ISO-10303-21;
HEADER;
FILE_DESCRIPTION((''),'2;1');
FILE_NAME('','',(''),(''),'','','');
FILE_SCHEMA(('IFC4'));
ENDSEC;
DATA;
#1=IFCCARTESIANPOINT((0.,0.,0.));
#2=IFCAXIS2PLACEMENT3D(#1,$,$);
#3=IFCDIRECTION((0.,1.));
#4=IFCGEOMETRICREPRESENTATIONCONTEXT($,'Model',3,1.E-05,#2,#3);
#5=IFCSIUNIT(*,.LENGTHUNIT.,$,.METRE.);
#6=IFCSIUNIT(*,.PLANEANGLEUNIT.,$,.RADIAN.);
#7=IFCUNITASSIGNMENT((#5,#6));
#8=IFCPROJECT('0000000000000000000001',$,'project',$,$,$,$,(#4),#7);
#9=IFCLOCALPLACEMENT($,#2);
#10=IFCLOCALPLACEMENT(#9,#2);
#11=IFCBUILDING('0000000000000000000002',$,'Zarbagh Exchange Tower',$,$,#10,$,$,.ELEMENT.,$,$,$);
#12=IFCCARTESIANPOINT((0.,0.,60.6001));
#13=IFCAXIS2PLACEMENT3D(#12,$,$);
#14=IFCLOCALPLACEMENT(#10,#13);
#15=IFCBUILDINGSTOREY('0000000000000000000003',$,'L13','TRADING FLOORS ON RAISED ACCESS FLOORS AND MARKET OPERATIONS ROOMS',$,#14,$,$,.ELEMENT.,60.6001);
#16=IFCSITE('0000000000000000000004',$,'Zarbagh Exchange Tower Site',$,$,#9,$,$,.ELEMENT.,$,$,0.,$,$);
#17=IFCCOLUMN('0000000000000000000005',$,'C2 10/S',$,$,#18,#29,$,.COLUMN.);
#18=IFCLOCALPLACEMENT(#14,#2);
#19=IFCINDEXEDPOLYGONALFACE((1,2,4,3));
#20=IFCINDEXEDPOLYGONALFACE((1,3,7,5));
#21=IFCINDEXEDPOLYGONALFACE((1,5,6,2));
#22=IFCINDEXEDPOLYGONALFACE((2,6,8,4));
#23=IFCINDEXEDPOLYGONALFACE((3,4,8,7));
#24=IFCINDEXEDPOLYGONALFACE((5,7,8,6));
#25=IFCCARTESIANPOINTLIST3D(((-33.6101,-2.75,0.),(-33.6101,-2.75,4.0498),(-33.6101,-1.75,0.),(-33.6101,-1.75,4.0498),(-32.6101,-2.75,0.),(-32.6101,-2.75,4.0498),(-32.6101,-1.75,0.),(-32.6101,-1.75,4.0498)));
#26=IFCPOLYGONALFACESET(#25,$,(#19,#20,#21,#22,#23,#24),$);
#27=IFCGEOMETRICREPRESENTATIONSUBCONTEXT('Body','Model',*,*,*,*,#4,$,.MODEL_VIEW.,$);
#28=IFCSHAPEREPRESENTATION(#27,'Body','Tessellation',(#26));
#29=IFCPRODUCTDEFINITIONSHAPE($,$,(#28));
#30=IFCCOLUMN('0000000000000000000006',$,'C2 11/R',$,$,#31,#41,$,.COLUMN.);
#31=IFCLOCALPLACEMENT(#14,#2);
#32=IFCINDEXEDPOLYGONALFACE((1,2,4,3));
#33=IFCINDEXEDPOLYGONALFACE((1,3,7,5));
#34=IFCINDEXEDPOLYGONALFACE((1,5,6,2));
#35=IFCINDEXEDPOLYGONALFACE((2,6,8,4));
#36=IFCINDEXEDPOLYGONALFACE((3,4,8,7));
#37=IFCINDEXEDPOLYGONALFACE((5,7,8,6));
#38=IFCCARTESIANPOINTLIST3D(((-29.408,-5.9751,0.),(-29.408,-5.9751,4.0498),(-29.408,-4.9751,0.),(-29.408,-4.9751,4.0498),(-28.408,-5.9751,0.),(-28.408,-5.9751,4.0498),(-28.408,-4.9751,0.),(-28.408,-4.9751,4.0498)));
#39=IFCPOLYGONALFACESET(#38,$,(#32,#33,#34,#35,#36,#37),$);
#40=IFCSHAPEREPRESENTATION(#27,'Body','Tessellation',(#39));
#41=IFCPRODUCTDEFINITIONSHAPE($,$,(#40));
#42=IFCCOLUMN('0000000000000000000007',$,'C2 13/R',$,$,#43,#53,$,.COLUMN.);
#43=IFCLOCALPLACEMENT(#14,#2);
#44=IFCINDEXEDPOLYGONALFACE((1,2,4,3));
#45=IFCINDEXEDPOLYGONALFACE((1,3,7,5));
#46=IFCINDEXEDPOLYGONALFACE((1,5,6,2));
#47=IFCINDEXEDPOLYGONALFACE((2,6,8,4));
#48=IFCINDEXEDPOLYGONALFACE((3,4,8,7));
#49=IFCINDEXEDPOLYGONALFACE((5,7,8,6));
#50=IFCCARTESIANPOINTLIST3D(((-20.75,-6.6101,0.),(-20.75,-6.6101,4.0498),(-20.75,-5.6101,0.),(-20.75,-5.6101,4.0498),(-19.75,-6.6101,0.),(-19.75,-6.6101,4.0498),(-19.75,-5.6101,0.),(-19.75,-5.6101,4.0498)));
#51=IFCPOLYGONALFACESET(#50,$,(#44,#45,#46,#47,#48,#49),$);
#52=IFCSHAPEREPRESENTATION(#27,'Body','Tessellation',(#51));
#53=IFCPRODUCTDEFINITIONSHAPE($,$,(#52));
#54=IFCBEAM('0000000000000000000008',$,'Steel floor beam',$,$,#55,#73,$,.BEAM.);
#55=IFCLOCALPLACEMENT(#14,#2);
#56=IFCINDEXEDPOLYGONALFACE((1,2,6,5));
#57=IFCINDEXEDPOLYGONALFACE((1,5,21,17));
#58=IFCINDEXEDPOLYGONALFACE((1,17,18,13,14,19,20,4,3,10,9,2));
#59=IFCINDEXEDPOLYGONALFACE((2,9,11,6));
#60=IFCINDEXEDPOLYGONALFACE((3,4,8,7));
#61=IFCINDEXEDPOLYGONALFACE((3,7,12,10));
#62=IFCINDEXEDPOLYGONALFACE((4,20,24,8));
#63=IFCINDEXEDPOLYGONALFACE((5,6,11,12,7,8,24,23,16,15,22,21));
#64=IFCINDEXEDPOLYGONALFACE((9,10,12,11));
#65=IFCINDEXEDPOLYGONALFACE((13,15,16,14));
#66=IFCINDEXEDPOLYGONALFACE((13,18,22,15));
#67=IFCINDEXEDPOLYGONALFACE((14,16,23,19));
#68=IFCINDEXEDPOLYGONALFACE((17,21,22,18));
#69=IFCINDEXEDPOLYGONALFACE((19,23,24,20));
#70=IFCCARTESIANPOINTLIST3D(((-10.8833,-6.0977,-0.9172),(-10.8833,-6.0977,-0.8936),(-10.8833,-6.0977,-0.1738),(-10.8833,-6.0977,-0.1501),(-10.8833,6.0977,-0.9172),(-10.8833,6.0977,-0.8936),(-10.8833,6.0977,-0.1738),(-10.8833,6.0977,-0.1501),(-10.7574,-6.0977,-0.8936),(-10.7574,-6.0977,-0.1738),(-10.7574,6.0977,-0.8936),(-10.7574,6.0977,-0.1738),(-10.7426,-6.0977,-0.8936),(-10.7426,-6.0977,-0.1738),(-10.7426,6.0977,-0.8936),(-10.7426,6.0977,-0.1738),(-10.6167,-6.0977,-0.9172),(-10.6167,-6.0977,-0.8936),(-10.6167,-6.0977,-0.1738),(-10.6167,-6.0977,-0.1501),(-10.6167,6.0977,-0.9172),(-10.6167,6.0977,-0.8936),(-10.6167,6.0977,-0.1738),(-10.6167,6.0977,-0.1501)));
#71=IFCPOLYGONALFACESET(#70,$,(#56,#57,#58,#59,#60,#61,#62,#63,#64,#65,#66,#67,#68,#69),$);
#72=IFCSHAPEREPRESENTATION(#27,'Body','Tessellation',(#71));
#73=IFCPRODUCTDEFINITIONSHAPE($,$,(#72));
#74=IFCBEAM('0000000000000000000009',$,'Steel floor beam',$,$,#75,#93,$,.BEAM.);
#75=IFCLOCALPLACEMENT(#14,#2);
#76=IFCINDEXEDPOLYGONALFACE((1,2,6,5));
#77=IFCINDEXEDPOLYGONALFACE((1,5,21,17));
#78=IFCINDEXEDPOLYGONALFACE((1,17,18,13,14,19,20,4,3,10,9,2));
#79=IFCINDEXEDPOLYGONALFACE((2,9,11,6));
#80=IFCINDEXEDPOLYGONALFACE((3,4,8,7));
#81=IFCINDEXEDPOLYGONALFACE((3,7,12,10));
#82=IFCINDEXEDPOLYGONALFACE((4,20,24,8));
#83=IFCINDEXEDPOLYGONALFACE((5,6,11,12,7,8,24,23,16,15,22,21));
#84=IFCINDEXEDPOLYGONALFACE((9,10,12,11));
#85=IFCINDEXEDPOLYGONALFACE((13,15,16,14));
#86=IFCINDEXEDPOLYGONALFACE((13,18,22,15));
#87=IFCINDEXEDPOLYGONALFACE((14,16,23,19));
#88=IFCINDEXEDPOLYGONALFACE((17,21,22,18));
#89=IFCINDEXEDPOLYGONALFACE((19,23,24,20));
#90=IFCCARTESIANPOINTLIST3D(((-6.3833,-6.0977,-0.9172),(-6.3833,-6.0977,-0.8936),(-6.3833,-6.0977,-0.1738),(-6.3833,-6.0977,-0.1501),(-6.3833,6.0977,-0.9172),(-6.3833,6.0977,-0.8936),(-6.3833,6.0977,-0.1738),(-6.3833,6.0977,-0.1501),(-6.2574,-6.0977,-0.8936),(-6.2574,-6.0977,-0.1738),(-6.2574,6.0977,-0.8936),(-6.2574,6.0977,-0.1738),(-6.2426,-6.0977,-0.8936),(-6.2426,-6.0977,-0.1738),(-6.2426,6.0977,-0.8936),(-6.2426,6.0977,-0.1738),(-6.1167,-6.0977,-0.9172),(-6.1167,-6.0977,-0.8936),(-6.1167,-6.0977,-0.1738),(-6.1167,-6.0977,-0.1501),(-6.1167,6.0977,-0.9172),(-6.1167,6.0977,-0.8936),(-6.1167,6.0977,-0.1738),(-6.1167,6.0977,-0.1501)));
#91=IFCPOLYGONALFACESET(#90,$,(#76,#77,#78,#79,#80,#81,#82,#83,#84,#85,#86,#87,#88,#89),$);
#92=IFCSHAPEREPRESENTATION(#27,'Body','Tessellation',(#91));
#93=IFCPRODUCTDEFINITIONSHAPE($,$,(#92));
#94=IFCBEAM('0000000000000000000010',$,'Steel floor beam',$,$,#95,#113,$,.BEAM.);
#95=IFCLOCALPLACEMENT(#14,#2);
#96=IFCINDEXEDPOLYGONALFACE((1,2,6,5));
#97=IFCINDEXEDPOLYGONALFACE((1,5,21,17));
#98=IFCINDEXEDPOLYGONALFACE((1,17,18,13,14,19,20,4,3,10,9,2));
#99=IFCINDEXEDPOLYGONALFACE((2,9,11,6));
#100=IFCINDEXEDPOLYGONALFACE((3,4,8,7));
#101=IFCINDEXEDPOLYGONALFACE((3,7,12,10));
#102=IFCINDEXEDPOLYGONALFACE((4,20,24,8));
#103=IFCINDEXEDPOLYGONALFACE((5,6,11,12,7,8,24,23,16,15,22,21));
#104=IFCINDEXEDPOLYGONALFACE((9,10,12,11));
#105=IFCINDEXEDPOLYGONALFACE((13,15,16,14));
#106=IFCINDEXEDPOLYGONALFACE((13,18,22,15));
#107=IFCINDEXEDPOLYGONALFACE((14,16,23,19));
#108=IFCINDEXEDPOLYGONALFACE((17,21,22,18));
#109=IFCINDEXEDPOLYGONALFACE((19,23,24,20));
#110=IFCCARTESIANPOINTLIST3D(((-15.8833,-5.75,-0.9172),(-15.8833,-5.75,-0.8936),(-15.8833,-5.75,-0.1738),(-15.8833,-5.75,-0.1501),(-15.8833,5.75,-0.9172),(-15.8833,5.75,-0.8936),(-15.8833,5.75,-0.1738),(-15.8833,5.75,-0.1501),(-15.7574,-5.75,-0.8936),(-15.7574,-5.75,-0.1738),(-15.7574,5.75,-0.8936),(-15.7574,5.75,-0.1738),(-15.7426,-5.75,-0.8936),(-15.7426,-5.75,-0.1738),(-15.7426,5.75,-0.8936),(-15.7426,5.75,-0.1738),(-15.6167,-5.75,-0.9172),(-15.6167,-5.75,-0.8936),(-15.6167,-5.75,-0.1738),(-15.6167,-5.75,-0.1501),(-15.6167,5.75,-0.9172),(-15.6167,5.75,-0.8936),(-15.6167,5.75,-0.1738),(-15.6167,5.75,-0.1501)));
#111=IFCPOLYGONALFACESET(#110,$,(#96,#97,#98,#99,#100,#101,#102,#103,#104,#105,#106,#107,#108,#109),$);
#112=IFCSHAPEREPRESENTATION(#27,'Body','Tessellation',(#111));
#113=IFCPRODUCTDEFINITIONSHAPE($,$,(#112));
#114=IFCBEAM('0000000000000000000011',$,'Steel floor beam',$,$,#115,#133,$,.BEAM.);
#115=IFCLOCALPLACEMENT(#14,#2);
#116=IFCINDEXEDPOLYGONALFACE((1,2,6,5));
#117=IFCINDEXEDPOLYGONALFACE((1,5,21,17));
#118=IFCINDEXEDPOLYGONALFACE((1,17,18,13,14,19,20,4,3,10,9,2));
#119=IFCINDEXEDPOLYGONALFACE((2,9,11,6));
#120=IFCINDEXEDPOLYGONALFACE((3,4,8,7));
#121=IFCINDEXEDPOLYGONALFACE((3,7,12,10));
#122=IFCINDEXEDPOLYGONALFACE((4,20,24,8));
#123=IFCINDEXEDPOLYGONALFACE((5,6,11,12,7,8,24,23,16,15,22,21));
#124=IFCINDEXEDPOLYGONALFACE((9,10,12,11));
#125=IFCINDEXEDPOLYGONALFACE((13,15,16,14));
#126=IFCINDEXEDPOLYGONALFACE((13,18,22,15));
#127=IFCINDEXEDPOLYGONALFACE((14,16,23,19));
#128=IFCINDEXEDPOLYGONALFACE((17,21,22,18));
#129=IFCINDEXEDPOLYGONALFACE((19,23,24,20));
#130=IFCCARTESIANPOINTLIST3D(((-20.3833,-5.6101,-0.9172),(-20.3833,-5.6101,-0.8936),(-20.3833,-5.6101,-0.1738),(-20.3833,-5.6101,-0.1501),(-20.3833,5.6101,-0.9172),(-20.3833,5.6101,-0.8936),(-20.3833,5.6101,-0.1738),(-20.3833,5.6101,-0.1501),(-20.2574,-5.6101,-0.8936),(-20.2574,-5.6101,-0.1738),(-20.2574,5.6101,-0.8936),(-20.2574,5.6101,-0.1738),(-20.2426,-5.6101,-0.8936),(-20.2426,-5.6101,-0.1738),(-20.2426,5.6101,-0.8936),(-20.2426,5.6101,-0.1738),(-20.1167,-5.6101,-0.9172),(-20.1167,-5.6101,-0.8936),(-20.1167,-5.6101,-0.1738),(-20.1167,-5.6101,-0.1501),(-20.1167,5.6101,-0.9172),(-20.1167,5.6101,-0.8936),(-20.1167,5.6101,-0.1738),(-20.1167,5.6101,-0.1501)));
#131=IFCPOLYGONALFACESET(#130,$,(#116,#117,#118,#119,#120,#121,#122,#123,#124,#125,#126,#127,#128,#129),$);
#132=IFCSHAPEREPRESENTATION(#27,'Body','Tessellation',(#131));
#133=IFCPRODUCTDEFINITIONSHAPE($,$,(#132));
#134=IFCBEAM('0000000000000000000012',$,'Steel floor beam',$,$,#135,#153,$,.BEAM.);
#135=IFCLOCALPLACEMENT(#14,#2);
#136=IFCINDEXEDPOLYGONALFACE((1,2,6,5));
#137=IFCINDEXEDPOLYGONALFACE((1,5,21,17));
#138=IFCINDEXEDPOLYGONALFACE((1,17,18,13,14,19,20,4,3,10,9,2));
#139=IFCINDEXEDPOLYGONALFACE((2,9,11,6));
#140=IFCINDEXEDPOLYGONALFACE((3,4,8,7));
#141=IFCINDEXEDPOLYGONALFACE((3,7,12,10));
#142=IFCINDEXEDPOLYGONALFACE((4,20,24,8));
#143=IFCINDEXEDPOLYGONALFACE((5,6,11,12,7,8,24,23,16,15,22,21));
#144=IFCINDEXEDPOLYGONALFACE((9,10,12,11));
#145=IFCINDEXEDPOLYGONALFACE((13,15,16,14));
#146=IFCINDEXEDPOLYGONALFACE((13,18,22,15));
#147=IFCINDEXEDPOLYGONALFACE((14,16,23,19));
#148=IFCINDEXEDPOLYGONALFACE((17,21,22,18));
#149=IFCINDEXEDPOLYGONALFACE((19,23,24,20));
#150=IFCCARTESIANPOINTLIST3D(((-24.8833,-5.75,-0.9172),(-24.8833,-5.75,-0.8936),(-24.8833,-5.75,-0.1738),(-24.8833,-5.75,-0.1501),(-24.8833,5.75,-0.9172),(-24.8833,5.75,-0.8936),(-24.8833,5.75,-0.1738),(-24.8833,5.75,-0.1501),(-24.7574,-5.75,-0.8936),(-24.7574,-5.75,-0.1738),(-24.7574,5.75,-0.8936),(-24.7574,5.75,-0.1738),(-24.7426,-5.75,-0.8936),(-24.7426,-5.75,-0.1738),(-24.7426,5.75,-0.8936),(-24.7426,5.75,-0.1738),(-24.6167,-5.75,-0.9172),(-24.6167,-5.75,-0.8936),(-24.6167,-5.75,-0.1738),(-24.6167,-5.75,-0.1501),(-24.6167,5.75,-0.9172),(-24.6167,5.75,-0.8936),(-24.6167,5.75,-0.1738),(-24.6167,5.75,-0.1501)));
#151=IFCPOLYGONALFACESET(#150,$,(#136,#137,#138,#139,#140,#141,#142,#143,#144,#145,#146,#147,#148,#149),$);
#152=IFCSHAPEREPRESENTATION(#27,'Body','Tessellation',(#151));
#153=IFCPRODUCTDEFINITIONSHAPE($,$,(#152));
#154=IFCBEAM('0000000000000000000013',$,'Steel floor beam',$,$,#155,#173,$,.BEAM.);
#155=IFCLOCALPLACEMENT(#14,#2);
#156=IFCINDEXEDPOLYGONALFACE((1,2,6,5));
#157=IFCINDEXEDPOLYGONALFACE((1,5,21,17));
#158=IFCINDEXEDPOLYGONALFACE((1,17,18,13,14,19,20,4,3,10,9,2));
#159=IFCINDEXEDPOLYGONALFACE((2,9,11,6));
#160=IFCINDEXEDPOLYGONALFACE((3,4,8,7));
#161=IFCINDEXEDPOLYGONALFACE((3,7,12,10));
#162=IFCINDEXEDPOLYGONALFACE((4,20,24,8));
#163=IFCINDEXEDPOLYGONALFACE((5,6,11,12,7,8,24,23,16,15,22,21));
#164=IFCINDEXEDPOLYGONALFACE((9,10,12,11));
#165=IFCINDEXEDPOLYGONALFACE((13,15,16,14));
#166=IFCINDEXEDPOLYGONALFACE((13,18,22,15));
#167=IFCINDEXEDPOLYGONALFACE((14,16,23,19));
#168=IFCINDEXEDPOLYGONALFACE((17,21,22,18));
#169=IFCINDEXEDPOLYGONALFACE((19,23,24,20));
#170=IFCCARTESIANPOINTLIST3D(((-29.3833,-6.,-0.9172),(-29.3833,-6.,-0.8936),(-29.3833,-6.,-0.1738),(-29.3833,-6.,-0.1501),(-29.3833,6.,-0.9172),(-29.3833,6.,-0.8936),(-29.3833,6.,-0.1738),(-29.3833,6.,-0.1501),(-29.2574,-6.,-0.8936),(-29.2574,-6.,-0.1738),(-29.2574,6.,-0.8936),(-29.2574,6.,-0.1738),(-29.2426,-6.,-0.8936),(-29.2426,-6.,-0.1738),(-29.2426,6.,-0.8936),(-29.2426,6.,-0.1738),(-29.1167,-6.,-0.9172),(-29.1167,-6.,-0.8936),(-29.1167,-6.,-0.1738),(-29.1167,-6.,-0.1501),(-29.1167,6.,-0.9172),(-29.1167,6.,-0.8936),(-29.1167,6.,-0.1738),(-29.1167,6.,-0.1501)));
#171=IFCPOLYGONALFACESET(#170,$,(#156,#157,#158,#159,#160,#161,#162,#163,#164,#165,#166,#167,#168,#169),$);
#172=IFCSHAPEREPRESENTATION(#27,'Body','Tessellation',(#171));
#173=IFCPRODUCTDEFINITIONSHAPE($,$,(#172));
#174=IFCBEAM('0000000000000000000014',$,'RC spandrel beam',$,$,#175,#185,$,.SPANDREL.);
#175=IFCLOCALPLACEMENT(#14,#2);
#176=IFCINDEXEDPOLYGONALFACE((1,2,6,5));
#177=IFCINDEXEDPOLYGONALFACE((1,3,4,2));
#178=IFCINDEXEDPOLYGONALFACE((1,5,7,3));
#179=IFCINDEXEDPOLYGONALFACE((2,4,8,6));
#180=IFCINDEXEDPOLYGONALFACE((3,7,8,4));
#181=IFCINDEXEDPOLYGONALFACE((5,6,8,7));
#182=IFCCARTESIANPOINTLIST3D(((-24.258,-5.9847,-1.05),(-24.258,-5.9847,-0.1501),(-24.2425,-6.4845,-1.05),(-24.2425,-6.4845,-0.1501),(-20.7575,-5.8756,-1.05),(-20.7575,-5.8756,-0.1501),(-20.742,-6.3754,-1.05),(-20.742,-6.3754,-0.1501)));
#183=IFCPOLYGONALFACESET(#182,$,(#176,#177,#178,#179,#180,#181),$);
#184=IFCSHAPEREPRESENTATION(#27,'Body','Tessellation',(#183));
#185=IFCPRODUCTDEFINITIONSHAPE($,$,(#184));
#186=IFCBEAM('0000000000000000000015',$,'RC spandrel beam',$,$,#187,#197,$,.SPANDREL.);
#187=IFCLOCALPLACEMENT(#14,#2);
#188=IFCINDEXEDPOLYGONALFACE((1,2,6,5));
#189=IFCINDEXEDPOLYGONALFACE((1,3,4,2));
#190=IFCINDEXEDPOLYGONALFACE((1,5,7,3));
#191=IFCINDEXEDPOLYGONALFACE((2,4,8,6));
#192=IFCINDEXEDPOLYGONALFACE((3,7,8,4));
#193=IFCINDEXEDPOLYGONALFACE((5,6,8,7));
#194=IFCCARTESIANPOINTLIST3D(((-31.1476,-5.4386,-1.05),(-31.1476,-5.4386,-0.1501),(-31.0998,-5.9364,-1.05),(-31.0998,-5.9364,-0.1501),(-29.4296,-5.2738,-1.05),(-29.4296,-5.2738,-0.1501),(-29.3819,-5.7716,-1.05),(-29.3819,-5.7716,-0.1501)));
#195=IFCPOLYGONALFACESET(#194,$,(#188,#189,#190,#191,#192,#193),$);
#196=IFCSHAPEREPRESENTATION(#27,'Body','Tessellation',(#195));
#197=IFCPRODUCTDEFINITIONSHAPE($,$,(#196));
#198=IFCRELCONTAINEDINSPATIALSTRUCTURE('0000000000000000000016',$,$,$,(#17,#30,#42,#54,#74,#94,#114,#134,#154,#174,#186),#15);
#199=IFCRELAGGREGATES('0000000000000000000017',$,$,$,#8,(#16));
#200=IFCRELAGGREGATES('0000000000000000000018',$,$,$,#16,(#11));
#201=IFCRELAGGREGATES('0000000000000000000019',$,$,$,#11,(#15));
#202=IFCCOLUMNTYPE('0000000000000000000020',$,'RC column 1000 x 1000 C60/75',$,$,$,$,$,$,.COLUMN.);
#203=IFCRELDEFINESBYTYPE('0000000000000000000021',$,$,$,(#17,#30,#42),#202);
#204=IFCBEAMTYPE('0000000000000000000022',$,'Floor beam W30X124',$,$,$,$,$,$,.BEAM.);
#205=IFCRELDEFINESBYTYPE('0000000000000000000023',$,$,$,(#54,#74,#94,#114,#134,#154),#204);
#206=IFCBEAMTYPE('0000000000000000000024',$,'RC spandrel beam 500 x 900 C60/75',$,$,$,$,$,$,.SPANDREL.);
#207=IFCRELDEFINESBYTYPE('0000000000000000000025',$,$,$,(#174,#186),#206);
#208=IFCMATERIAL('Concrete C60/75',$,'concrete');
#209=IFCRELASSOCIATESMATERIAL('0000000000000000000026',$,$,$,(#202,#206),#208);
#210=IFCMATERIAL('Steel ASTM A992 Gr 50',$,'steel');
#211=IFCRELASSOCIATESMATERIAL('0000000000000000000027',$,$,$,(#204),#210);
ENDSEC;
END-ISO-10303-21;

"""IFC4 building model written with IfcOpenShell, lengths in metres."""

from ifc_helpers import new_model, si_unit, direction, frame, origin, origin_2d, place, context, subcontext, project, spatial, rectangle, i_section, extrude, material, material_profile, profile_set, type_object, element, save


model = new_model("IFC4")

# Units and contexts
model_context = context("Model", 3, precision=1e-05, world=origin(), true_north=direction((0.0, 1.0)))
body_context = subcontext(model_context, "Body", "Model", "MODEL_VIEW")
ifc_project = project(units=[si_unit("LENGTHUNIT", "METRE"), si_unit("PLANEANGLEUNIT", "RADIAN")], contexts=[model_context])

# Site, building, storey
site_placement = place(None, origin())
site = spatial("IfcSite", under=ifc_project, at=site_placement, Name="Zarbagh Exchange Tower Site", CompositionType="ELEMENT", RefElevation=0.0)
building_placement = place(site_placement, origin())
building = spatial("IfcBuilding", under=site, at=building_placement, Name="Zarbagh Exchange Tower", CompositionType="ELEMENT")
storey_placement = place(building_placement, frame((0.0, 0.0, 60.6001)))
storey = spatial("IfcBuildingStorey", under=building, at=storey_placement, Name="L13", Description="TRADING FLOORS ON RAISED ACCESS FLOORS AND MARKET OPERATIONS ROOMS", CompositionType="ELEMENT", Elevation=60.6001)

# Columns
ifc_material_1 = material(Name="Concrete C60/75", Category="concrete")
ifc_material_profile_1 = material_profile(ifc_material_1, rectangle(XDim=1.0, YDim=1.0, at=origin_2d()), Name="RC column 1000 x 1000 C60/75")
ifc_profile_set_1 = profile_set([ifc_material_profile_1], Name="Concrete C60/75")
column_type = type_object("IfcColumnType", Name="RC column 1000 x 1000 C60/75", PredefinedType="COLUMN", material=ifc_profile_set_1)
for number, where, z_axis, x_axis, name in (
    (1, (-33.1101, -2.25, 0.0), (0.0, 0.0, 1.0), (1.0, 0.0, 0.0), "C2 10/S"),
    (2, (-28.908, -5.4751, 0.0), (0.0, 0.0, 1.0), (1.0, 0.0, 0.0), "C2 11/R"),
    (3, (-20.25, -6.1101, 0.0), (0.0, 0.0, 1.0), (1.0, 0.0, 0.0), "C2 13/R"),
):
    element("IfcColumn", number, at=place(storey_placement, frame(where, z_axis=z_axis, x_axis=x_axis)), inside=storey, type_object=column_type, Name=name, PredefinedType="COLUMN", context=body_context, shape_type="SweptSolid", body=[
        extrude(rectangle(XDim=1.0, YDim=1.0, at=origin_2d()), origin(), (0.0, 0.0, 1.0), 4.0498),
    ])

# Beams
ifc_material_2 = material(Name="Steel ASTM A992 Gr 50", Category="steel")
ifc_material_profile_2 = material_profile(ifc_material_2, i_section(OverallWidth=0.2666, OverallDepth=0.7671, WebThickness=0.0149, FlangeThickness=0.0237, at=origin_2d()), Name="W30X124")
ifc_profile_set_2 = profile_set([ifc_material_profile_2], Name="Steel ASTM A992 Gr 50")
beam_type_1 = type_object("IfcBeamType", Name="Floor beam W30X124", PredefinedType="BEAM", material=ifc_profile_set_2)
for number, where, z_axis, x_axis, name in (
    (4, (-10.75, -6.0977, -0.5337), (0.0, 1.0, 0.0), (-1.0, 0.0, 0.0), "Steel floor beam"),
    (5, (-6.25, -6.0977, -0.5337), (0.0, 1.0, 0.0), (-1.0, 0.0, 0.0), "Steel floor beam"),
):
    element("IfcBeam", number, at=place(storey_placement, frame(where, z_axis=z_axis, x_axis=x_axis)), inside=storey, type_object=beam_type_1, Name=name, PredefinedType="BEAM", context=body_context, shape_type="SweptSolid", body=[
        extrude(i_section(OverallWidth=0.2666, OverallDepth=0.7671, WebThickness=0.0149, FlangeThickness=0.0237, at=origin_2d()), origin(), (0.0, 0.0, 1.0), 12.1953),
    ])
beam_1_placement = place(storey_placement, frame((-15.75, -5.75, -0.5337), z_axis=(0.0, 1.0, 0.0), x_axis=(-1.0, 0.0, 0.0)))
element("IfcBeam", 6, at=beam_1_placement, inside=storey, type_object=beam_type_1, Name="Steel floor beam", PredefinedType="BEAM", context=body_context, shape_type="SweptSolid", body=[
    extrude(i_section(OverallWidth=0.2666, OverallDepth=0.7671, WebThickness=0.0149, FlangeThickness=0.0237, at=origin_2d()), origin(), (0.0, 0.0, 1.0), 11.5),
])
beam_2_placement = place(storey_placement, frame((-20.25, -5.6101, -0.5337), z_axis=(0.0, 1.0, 0.0), x_axis=(-1.0, 0.0, 0.0)))
element("IfcBeam", 7, at=beam_2_placement, inside=storey, type_object=beam_type_1, Name="Steel floor beam", PredefinedType="BEAM", context=body_context, shape_type="SweptSolid", body=[
    extrude(i_section(OverallWidth=0.2666, OverallDepth=0.7671, WebThickness=0.0149, FlangeThickness=0.0237, at=origin_2d()), origin(), (0.0, 0.0, 1.0), 11.2202),
])
beam_3_placement = place(storey_placement, frame((-24.75, -5.75, -0.5337), z_axis=(0.0, 1.0, 0.0), x_axis=(-1.0, 0.0, 0.0)))
element("IfcBeam", 8, at=beam_3_placement, inside=storey, type_object=beam_type_1, Name="Steel floor beam", PredefinedType="BEAM", context=body_context, shape_type="SweptSolid", body=[
    extrude(i_section(OverallWidth=0.2666, OverallDepth=0.7671, WebThickness=0.0149, FlangeThickness=0.0237, at=origin_2d()), origin(), (0.0, 0.0, 1.0), 11.5),
])
beam_4_placement = place(storey_placement, frame((-29.25, -6.0, -0.5337), z_axis=(0.0, 1.0, 0.0), x_axis=(-1.0, 0.0, 0.0)))
element("IfcBeam", 9, at=beam_4_placement, inside=storey, type_object=beam_type_1, Name="Steel floor beam", PredefinedType="BEAM", context=body_context, shape_type="SweptSolid", body=[
    extrude(i_section(OverallWidth=0.2666, OverallDepth=0.7671, WebThickness=0.0149, FlangeThickness=0.0237, at=origin_2d()), origin(), (0.0, 0.0, 1.0), 12.0),
])
ifc_material_profile_3 = material_profile(ifc_material_1, rectangle(XDim=0.5, YDim=0.8999, at=origin_2d()), Name="RC spandrel beam 500 x 900 C60/75")
ifc_profile_set_3 = profile_set([ifc_material_profile_3], Name="Concrete C60/75")
beam_type_2 = type_object("IfcBeamType", Name="RC spandrel beam 500 x 900 C60/75", PredefinedType="SPANDREL", material=ifc_profile_set_3)
beam_5_placement = place(storey_placement, frame((-20.7498, -6.1255, -0.6001), z_axis=(-0.999514, -0.031161, 0.0), x_axis=(0.031161, -0.999514, 0.0)))
element("IfcBeam", 10, at=beam_5_placement, inside=storey, type_object=beam_type_2, Name="RC spandrel beam", PredefinedType="SPANDREL", context=body_context, shape_type="SweptSolid", body=[
    extrude(rectangle(XDim=0.5, YDim=0.8999, at=origin_2d()), origin(), (0.0, 0.0, 1.0), 3.5022),
])
beam_6_placement = place(storey_placement, frame((-29.4058, -5.5227, -0.6001), z_axis=(-0.995431, -0.095483, 0.0), x_axis=(0.095483, -0.995431, 0.0)))
element("IfcBeam", 11, at=beam_6_placement, inside=storey, type_object=beam_type_2, Name="RC spandrel beam", PredefinedType="SPANDREL", context=body_context, shape_type="SweptSolid", body=[
    extrude(rectangle(XDim=0.5, YDim=0.8999, at=origin_2d()), origin(), (0.0, 0.0, 1.0), 1.7258),
])

save(model, "model.ifc")
